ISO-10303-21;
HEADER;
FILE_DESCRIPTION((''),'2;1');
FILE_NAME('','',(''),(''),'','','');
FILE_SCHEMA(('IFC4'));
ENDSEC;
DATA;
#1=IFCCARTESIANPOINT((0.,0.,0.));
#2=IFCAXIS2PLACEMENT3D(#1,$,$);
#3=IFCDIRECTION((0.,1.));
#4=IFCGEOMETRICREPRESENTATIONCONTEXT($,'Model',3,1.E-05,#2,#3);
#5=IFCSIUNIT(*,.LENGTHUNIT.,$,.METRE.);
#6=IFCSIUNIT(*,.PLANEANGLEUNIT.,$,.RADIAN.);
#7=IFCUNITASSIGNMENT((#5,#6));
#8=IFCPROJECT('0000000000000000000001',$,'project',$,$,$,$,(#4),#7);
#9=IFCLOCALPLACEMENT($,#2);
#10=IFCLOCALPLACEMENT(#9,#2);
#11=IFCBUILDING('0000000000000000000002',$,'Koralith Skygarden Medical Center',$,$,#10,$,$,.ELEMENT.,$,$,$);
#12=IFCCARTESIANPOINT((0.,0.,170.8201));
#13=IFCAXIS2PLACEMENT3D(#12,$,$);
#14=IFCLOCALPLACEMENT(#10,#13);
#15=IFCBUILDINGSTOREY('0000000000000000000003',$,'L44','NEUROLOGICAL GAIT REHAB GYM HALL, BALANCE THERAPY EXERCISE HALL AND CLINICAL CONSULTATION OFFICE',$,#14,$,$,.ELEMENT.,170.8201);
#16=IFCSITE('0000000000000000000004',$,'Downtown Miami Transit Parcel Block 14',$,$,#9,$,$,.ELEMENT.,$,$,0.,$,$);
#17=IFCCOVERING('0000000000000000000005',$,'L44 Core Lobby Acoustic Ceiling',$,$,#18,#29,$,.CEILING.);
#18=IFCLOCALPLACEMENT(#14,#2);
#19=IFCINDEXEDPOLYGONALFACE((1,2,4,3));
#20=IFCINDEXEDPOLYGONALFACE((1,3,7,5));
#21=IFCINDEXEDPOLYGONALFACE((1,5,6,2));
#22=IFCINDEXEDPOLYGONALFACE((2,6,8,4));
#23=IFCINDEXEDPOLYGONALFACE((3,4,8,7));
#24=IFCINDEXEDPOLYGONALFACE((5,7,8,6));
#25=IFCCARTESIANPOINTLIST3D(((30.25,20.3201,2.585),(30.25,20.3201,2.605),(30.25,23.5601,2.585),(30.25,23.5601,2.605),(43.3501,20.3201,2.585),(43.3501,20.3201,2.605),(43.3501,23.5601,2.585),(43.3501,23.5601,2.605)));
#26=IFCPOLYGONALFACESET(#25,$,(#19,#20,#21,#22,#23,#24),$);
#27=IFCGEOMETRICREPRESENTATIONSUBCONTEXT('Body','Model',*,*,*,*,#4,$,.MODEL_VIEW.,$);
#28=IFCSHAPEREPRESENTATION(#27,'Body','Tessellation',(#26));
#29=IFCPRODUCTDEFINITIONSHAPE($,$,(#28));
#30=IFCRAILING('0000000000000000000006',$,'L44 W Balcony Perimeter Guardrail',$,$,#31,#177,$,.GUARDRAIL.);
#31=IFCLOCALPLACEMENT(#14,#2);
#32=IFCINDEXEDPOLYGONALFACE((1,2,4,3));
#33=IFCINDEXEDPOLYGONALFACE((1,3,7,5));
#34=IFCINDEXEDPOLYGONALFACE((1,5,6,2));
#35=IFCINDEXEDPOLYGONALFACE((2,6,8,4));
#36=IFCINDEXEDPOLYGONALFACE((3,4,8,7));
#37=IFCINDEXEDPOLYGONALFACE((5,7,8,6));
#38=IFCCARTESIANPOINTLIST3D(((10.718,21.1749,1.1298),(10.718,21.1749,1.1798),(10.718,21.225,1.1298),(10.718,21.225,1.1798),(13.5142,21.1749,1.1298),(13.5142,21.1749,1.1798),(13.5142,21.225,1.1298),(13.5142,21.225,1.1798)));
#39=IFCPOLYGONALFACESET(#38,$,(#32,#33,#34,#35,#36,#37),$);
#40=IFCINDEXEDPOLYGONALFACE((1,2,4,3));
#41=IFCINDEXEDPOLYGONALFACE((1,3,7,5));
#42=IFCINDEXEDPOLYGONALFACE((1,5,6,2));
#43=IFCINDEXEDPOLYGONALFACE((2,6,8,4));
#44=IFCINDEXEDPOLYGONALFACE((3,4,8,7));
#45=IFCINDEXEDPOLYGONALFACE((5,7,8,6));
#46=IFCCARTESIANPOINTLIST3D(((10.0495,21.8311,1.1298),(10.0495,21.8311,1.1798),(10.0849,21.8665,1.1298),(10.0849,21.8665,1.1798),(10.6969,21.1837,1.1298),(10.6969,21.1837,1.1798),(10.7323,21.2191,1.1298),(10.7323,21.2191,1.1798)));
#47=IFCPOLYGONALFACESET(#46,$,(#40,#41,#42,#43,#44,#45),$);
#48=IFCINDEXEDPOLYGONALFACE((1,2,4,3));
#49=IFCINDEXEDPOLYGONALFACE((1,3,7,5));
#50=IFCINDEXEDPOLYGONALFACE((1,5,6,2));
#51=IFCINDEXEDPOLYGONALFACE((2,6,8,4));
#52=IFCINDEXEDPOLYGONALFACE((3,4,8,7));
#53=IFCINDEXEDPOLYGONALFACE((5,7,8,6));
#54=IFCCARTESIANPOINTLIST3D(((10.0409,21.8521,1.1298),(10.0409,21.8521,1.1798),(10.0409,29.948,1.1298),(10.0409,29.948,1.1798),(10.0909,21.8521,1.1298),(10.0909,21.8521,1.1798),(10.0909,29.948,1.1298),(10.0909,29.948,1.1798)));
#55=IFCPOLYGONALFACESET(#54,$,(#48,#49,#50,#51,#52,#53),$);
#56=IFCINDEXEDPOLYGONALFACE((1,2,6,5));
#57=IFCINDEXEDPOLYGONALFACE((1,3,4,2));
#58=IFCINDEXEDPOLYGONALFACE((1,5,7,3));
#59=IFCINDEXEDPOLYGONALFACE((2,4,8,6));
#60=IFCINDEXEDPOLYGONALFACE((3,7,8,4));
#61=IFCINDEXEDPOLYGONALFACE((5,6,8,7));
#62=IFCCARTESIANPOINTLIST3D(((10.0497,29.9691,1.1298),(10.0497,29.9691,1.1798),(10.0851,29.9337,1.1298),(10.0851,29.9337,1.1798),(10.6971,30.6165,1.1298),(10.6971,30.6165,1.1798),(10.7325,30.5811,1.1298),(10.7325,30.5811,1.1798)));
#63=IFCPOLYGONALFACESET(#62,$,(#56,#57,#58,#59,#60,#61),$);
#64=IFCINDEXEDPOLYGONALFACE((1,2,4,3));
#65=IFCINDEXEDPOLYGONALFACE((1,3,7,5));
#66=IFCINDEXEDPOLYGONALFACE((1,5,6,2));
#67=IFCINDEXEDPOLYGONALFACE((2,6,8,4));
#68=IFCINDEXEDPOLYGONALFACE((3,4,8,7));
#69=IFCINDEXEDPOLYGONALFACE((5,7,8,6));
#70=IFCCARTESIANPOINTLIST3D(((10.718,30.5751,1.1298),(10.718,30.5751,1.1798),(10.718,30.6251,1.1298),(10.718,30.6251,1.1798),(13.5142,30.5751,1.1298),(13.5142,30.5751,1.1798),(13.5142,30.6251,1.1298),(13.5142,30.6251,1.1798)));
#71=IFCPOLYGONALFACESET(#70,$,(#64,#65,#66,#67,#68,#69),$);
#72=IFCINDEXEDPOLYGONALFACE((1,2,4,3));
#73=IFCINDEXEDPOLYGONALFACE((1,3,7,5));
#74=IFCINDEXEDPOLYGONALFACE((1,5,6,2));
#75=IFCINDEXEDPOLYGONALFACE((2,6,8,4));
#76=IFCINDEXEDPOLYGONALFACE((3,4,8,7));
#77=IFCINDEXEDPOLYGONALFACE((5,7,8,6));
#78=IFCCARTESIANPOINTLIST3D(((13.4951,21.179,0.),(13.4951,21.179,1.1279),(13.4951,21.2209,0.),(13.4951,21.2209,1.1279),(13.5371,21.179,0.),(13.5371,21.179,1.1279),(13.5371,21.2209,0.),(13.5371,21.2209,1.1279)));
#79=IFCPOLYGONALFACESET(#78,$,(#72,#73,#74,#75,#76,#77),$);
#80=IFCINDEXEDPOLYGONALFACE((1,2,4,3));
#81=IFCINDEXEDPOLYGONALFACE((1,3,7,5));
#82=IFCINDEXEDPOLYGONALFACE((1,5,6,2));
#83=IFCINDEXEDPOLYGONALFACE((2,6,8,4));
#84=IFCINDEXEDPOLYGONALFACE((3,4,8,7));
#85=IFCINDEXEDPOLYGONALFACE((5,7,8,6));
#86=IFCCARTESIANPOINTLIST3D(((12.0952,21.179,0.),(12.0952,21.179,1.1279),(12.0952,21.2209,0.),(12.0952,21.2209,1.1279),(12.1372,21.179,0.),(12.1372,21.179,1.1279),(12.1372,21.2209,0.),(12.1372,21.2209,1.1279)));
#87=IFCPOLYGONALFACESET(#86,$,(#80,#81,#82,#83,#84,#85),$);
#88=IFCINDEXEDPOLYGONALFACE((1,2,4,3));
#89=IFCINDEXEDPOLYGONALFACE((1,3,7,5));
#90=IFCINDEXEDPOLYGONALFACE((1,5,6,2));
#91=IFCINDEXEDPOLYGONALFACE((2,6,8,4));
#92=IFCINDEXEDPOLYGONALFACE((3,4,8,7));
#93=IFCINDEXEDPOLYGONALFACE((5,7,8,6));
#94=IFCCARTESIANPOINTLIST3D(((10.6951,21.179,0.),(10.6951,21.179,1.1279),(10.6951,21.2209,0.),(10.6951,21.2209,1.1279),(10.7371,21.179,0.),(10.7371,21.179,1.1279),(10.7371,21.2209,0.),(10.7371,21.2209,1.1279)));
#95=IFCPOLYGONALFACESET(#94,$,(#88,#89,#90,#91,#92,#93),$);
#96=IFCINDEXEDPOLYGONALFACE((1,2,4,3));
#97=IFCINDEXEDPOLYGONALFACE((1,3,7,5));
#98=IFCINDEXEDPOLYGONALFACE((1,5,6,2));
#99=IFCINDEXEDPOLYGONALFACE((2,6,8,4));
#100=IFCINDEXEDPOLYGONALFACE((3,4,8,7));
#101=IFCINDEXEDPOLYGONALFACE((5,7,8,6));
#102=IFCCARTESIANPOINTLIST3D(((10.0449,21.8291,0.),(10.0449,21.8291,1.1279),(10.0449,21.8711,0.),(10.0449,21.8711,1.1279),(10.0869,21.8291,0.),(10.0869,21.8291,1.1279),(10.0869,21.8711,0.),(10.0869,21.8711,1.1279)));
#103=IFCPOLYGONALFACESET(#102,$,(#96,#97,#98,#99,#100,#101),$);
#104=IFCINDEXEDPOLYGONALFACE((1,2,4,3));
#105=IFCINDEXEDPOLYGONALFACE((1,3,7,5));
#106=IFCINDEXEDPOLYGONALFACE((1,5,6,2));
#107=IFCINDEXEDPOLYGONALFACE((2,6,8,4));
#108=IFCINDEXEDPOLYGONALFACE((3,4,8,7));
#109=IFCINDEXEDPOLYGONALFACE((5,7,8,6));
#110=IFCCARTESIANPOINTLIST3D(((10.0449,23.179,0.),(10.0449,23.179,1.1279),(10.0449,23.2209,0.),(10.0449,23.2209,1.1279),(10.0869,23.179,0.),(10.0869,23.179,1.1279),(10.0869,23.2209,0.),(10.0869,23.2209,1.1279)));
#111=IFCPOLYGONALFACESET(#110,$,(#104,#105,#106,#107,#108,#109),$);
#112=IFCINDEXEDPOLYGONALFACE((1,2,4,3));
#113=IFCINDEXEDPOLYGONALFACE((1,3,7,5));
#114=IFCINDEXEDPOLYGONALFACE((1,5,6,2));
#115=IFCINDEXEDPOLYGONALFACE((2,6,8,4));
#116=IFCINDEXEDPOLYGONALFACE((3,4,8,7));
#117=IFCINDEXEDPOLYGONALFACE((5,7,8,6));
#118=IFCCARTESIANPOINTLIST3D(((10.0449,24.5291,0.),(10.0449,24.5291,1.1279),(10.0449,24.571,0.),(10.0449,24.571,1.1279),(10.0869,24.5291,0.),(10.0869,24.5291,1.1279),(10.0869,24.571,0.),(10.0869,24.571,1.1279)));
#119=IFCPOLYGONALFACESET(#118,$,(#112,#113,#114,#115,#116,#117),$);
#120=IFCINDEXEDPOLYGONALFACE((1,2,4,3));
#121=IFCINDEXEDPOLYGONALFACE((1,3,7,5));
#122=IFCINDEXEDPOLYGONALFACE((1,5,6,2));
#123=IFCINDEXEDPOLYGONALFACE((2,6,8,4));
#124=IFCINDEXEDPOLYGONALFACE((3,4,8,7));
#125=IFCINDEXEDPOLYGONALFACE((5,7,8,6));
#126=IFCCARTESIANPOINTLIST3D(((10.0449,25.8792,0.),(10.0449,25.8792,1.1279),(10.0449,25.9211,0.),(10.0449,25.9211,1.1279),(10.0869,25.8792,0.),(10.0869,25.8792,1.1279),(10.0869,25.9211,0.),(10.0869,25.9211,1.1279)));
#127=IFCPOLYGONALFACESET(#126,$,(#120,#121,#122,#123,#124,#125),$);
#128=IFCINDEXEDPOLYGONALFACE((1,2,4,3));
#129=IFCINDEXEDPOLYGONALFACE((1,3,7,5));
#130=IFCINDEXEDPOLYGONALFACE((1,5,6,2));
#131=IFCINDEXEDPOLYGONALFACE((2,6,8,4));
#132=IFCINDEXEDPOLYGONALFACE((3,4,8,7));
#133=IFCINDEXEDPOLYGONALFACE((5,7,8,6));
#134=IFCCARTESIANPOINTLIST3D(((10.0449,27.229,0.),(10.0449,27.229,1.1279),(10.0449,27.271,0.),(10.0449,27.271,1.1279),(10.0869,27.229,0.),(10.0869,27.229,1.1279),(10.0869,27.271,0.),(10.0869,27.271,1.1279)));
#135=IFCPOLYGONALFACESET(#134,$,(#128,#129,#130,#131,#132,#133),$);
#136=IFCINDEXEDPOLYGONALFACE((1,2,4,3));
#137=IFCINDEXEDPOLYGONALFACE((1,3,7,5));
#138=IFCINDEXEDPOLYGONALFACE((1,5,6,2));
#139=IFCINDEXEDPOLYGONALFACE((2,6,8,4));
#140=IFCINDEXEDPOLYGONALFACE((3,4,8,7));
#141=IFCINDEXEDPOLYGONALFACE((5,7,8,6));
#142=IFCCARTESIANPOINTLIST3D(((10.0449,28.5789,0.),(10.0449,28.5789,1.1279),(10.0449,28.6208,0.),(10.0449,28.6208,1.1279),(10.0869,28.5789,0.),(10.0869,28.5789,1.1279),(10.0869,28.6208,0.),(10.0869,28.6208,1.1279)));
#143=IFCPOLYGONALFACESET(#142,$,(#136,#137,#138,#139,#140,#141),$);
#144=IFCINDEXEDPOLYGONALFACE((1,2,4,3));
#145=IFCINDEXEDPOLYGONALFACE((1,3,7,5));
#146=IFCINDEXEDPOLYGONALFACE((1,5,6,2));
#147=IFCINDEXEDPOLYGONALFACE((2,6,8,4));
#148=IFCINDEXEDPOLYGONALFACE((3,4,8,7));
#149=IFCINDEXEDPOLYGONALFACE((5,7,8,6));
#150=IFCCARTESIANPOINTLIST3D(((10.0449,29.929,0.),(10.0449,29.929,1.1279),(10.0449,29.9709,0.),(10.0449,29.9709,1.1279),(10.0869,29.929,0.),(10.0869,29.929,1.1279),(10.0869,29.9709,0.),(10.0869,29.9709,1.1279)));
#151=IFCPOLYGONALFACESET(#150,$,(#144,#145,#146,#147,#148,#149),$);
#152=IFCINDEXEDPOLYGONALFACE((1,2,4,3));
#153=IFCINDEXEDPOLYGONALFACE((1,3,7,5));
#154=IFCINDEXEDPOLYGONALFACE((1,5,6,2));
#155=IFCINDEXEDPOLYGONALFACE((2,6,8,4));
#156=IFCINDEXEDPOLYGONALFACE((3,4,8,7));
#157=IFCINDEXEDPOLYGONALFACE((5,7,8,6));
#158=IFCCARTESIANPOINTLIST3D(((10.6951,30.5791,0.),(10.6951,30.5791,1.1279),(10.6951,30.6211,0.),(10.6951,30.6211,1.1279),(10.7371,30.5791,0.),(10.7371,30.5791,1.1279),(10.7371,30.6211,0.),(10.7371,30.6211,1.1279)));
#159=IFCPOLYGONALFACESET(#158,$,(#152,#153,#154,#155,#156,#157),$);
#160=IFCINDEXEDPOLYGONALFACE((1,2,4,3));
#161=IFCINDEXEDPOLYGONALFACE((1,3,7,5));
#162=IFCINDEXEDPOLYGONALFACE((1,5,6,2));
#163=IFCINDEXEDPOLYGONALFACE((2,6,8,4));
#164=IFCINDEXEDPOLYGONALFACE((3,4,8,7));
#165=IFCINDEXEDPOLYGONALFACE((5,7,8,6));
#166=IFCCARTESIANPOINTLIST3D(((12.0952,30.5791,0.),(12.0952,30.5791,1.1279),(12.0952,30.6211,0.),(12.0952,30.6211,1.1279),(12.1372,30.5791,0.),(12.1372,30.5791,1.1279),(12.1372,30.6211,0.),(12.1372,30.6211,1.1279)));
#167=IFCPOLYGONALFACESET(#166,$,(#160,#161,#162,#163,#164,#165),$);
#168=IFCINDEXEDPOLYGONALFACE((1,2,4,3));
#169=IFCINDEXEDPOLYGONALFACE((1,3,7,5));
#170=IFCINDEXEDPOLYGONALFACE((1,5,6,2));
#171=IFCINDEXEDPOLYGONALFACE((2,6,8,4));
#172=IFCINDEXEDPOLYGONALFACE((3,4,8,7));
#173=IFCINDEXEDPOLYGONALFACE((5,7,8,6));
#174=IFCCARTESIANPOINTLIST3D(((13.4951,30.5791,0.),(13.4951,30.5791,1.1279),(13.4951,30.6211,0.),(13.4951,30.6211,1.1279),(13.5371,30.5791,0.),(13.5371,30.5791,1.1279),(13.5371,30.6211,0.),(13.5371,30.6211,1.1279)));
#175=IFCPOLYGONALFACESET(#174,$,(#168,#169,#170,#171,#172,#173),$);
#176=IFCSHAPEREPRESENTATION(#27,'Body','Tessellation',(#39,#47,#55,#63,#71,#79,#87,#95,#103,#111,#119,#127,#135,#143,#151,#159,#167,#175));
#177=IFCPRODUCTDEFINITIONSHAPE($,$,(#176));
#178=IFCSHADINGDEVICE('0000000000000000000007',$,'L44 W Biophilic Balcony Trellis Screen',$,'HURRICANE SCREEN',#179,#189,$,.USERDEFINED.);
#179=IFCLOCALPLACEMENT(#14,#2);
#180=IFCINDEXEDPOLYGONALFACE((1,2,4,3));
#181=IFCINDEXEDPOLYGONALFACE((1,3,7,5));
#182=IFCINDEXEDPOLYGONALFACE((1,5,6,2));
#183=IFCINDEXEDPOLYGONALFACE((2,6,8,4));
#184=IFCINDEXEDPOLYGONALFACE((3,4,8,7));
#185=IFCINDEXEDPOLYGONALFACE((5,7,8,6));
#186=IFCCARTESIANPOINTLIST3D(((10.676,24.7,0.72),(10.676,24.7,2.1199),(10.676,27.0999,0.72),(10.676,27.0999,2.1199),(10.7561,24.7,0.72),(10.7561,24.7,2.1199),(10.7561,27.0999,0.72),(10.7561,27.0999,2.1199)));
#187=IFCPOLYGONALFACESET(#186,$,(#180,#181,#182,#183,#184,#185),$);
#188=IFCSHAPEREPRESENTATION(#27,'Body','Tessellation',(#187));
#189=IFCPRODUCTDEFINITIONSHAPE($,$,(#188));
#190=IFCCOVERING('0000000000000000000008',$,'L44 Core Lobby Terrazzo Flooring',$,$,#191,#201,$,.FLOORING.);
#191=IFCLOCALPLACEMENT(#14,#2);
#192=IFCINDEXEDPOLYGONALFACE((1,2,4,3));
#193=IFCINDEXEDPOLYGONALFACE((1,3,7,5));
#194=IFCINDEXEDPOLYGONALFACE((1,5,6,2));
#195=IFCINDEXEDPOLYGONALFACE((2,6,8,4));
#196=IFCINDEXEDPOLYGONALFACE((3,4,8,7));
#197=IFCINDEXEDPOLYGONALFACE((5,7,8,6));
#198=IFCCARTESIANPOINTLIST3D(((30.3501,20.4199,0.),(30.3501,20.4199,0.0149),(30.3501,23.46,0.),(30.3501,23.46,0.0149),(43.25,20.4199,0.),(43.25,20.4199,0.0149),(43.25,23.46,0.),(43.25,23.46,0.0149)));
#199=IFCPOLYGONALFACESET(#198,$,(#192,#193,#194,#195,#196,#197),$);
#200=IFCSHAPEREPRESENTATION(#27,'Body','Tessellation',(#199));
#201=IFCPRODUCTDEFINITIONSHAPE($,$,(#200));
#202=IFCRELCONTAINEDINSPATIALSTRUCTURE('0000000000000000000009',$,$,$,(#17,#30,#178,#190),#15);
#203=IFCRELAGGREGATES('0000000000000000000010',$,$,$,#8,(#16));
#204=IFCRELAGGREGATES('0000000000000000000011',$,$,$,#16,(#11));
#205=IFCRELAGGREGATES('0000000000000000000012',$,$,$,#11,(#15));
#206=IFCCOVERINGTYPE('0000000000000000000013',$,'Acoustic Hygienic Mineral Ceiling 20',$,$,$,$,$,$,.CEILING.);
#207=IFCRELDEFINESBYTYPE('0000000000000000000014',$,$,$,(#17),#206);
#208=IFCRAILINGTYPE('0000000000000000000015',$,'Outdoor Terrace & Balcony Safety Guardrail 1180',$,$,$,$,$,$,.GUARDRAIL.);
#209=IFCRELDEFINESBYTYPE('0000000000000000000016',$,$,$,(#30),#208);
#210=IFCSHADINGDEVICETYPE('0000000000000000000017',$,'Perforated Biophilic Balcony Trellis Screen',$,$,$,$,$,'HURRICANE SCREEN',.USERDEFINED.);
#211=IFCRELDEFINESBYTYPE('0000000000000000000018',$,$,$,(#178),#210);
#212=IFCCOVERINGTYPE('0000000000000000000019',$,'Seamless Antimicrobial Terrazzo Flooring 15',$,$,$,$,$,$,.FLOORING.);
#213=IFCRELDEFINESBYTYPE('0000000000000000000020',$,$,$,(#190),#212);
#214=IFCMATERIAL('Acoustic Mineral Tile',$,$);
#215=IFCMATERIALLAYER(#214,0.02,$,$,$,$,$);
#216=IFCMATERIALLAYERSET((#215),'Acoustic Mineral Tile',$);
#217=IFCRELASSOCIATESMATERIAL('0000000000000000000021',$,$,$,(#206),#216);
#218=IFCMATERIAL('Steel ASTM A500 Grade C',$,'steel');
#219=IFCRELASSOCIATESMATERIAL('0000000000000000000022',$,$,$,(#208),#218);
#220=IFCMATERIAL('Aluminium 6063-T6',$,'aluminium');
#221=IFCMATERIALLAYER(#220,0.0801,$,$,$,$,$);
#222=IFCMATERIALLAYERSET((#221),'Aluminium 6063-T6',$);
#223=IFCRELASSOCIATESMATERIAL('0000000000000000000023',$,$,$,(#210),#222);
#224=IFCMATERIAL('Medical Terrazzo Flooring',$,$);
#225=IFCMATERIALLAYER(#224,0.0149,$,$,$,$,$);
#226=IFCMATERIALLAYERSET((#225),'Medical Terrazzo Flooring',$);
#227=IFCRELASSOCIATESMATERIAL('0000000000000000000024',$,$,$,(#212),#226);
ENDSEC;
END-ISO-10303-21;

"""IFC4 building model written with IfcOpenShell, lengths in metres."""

from ifc_helpers import new_model, si_unit, direction, frame, origin, origin_2d, place, context, subcontext, project, spatial, polyline, rectangle, outline, extrude, material, layer, layer_set, type_object, element, save


model = new_model("IFC4")

# Units and contexts
model_context = context("Model", 3, precision=1e-05, world=origin(), true_north=direction((0.0, 1.0)))
body_context = subcontext(model_context, "Body", "Model", "MODEL_VIEW")
ifc_project = project(units=[si_unit("LENGTHUNIT", "METRE"), si_unit("PLANEANGLEUNIT", "RADIAN")], contexts=[model_context])

# Site, building, storey
site_placement = place(None, origin())
site = spatial("IfcSite", under=ifc_project, at=site_placement, Name="Downtown Miami Transit Parcel Block 14", CompositionType="ELEMENT", RefElevation=0.0)
building_placement = place(site_placement, origin())
building = spatial("IfcBuilding", under=site, at=building_placement, Name="Koralith Skygarden Medical Center", CompositionType="ELEMENT")
storey_placement = place(building_placement, frame((0.0, 0.0, 170.8201)))
storey = spatial("IfcBuildingStorey", under=building, at=storey_placement, Name="L44", Description="NEUROLOGICAL GAIT REHAB GYM HALL, BALANCE THERAPY EXERCISE HALL AND CLINICAL CONSULTATION OFFICE", CompositionType="ELEMENT", Elevation=170.8201)

# Shared definitions
ifc_material_1 = material(Name="Aluminium 6063-T6", Category="aluminium")

# Covering
ifc_material_2 = material(Name="Acoustic Mineral Tile")
ifc_layer_1 = layer(ifc_material_2, 0.02)
ifc_layer_set_1 = layer_set([ifc_layer_1], Name="Acoustic Mineral Tile")
covering_type_1 = type_object("IfcCoveringType", Name="Acoustic Hygienic Mineral Ceiling 20", PredefinedType="CEILING", material=ifc_layer_set_1)
covering_1_placement = place(storey_placement, frame((0.0, 0.0, 2.585)))
element("IfcCovering", 1, at=covering_1_placement, inside=storey, type_object=covering_type_1, Name="L44 Core Lobby Acoustic Ceiling", PredefinedType="CEILING", context=body_context, shape_type="SweptSolid", body=[
    extrude(outline(polyline([(30.25, 20.3201), (43.3501, 20.3201), (43.3501, 23.5601), (30.25, 23.5601), (30.25, 20.3201)])), origin(), (0.0, 0.0, 1.0), 0.02),
])

# Railing
ifc_material_3 = material(Name="Steel ASTM A500 Grade C", Category="steel")
railing_type = type_object("IfcRailingType", Name="Outdoor Terrace & Balcony Safety Guardrail 1180", PredefinedType="GUARDRAIL", material=ifc_material_3)
railing_placement = place(storey_placement, frame((13.5161, 21.2, 0.0)))
element("IfcRailing", 2, at=railing_placement, inside=storey, type_object=railing_type, Name="L44 W Balcony Perimeter Guardrail", PredefinedType="GUARDRAIL", context=body_context, shape_type="SweptSolid", body=[
    extrude(rectangle(XDim=0.05, YDim=0.05, at=origin_2d()), frame((-0.002, 0.0, 1.1548), z_axis=(-1.0, 0.0, 0.0), x_axis=(0.0, -1.0, 0.0)), (0.0, 0.0, 1.0), 2.7961),
    extrude(rectangle(XDim=0.05, YDim=0.05, at=origin_2d()), frame((-2.8015, 0.0015, 1.1548), z_axis=(-0.707107, 0.707107, 0.0), x_axis=(-0.707107, -0.707107, 0.0)), (0.0, 0.0, 1.0), 0.9155),
    extrude(rectangle(XDim=0.05, YDim=0.05, at=origin_2d()), frame((-3.4502, 0.6521, 1.1548), z_axis=(0.0, 1.0, 0.0), x_axis=(-1.0, 0.0, 0.0)), (0.0, 0.0, 1.0), 8.0959),
    extrude(rectangle(XDim=0.05, YDim=0.05, at=origin_2d()), frame((-3.4487, 8.7515, 1.1548), z_axis=(0.707107, 0.707107, 0.0), x_axis=(-0.707107, 0.707107, 0.0)), (0.0, 0.0, 1.0), 0.9155),
    extrude(rectangle(XDim=0.05, YDim=0.05, at=origin_2d()), frame((-2.7981, 9.4001, 1.1548), z_axis=(1.0, 0.0, 0.0), x_axis=(0.0, 1.0, 0.0)), (0.0, 0.0, 1.0), 2.7961),
    extrude(rectangle(XDim=0.042, YDim=0.042, at=origin_2d()), origin(), (0.0, 0.0, 1.0), 1.1279),
    extrude(rectangle(XDim=0.042, YDim=0.042, at=origin_2d()), frame((-1.3999, 0.0, 0.0)), (0.0, 0.0, 1.0), 1.1279),
    extrude(rectangle(XDim=0.042, YDim=0.042, at=origin_2d()), frame((-2.8, 0.0, 0.0)), (0.0, 0.0, 1.0), 1.1279),
    extrude(rectangle(XDim=0.042, YDim=0.042, at=origin_2d()), frame((-3.4502, 0.6501, 0.0)), (0.0, 0.0, 1.0), 1.1279),
    extrude(rectangle(XDim=0.042, YDim=0.042, at=origin_2d()), frame((-3.4502, 2.0, 0.0)), (0.0, 0.0, 1.0), 1.1279),
    extrude(rectangle(XDim=0.042, YDim=0.042, at=origin_2d()), frame((-3.4502, 3.3501, 0.0)), (0.0, 0.0, 1.0), 1.1279),
    extrude(rectangle(XDim=0.042, YDim=0.042, at=origin_2d()), frame((-3.4502, 4.7002, 0.0)), (0.0, 0.0, 1.0), 1.1279),
    extrude(rectangle(XDim=0.042, YDim=0.042, at=origin_2d()), frame((-3.4502, 6.05, 0.0)), (0.0, 0.0, 1.0), 1.1279),
    extrude(rectangle(XDim=0.042, YDim=0.042, at=origin_2d()), frame((-3.4502, 7.3999, 0.0)), (0.0, 0.0, 1.0), 1.1279),
    extrude(rectangle(XDim=0.042, YDim=0.042, at=origin_2d()), frame((-3.4502, 8.75, 0.0)), (0.0, 0.0, 1.0), 1.1279),
    extrude(rectangle(XDim=0.042, YDim=0.042, at=origin_2d()), frame((-2.8, 9.4001, 0.0)), (0.0, 0.0, 1.0), 1.1279),
    extrude(rectangle(XDim=0.042, YDim=0.042, at=origin_2d()), frame((-1.3999, 9.4001, 0.0)), (0.0, 0.0, 1.0), 1.1279),
    extrude(rectangle(XDim=0.042, YDim=0.042, at=origin_2d()), frame((0.0, 9.4001, 0.0)), (0.0, 0.0, 1.0), 1.1279),
])

# Shading device
ifc_layer_2 = layer(ifc_material_1, 0.0801)
ifc_layer_set_2 = layer_set([ifc_layer_2], Name="Aluminium 6063-T6")
shading_device_type = type_object("IfcShadingDeviceType", Name="Perforated Biophilic Balcony Trellis Screen", ElementType="HURRICANE SCREEN", PredefinedType="USERDEFINED", material=ifc_layer_set_2)
shading_device_placement = place(storey_placement, frame((10.7161, 25.8999, 0.72), z_axis=(0.0, 0.0, 1.0), x_axis=(0.0, 1.0, 0.0)))
element("IfcShadingDevice", 3, at=shading_device_placement, inside=storey, type_object=shading_device_type, Name="L44 W Biophilic Balcony Trellis Screen", ObjectType="HURRICANE SCREEN", PredefinedType="USERDEFINED", context=body_context, shape_type="SweptSolid", body=[
    extrude(rectangle(XDim=2.3999, YDim=0.0801, at=origin_2d()), origin(), (0.0, 0.0, 1.0), 1.3999),
])

# Covering
ifc_material_4 = material(Name="Medical Terrazzo Flooring")
ifc_layer_3 = layer(ifc_material_4, 0.0149)
ifc_layer_set_3 = layer_set([ifc_layer_3], Name="Medical Terrazzo Flooring")
covering_type_2 = type_object("IfcCoveringType", Name="Seamless Antimicrobial Terrazzo Flooring 15", PredefinedType="FLOORING", material=ifc_layer_set_3)
covering_2_placement = place(storey_placement, origin())
element("IfcCovering", 4, at=covering_2_placement, inside=storey, type_object=covering_type_2, Name="L44 Core Lobby Terrazzo Flooring", PredefinedType="FLOORING", context=body_context, shape_type="SweptSolid", body=[
    extrude(outline(polyline([(30.3501, 20.4199), (43.25, 20.4199), (43.25, 23.46), (30.3501, 23.46), (30.3501, 20.4199)])), origin(), (0.0, 0.0, 1.0), 0.0149),
])

save(model, "model.ifc")
